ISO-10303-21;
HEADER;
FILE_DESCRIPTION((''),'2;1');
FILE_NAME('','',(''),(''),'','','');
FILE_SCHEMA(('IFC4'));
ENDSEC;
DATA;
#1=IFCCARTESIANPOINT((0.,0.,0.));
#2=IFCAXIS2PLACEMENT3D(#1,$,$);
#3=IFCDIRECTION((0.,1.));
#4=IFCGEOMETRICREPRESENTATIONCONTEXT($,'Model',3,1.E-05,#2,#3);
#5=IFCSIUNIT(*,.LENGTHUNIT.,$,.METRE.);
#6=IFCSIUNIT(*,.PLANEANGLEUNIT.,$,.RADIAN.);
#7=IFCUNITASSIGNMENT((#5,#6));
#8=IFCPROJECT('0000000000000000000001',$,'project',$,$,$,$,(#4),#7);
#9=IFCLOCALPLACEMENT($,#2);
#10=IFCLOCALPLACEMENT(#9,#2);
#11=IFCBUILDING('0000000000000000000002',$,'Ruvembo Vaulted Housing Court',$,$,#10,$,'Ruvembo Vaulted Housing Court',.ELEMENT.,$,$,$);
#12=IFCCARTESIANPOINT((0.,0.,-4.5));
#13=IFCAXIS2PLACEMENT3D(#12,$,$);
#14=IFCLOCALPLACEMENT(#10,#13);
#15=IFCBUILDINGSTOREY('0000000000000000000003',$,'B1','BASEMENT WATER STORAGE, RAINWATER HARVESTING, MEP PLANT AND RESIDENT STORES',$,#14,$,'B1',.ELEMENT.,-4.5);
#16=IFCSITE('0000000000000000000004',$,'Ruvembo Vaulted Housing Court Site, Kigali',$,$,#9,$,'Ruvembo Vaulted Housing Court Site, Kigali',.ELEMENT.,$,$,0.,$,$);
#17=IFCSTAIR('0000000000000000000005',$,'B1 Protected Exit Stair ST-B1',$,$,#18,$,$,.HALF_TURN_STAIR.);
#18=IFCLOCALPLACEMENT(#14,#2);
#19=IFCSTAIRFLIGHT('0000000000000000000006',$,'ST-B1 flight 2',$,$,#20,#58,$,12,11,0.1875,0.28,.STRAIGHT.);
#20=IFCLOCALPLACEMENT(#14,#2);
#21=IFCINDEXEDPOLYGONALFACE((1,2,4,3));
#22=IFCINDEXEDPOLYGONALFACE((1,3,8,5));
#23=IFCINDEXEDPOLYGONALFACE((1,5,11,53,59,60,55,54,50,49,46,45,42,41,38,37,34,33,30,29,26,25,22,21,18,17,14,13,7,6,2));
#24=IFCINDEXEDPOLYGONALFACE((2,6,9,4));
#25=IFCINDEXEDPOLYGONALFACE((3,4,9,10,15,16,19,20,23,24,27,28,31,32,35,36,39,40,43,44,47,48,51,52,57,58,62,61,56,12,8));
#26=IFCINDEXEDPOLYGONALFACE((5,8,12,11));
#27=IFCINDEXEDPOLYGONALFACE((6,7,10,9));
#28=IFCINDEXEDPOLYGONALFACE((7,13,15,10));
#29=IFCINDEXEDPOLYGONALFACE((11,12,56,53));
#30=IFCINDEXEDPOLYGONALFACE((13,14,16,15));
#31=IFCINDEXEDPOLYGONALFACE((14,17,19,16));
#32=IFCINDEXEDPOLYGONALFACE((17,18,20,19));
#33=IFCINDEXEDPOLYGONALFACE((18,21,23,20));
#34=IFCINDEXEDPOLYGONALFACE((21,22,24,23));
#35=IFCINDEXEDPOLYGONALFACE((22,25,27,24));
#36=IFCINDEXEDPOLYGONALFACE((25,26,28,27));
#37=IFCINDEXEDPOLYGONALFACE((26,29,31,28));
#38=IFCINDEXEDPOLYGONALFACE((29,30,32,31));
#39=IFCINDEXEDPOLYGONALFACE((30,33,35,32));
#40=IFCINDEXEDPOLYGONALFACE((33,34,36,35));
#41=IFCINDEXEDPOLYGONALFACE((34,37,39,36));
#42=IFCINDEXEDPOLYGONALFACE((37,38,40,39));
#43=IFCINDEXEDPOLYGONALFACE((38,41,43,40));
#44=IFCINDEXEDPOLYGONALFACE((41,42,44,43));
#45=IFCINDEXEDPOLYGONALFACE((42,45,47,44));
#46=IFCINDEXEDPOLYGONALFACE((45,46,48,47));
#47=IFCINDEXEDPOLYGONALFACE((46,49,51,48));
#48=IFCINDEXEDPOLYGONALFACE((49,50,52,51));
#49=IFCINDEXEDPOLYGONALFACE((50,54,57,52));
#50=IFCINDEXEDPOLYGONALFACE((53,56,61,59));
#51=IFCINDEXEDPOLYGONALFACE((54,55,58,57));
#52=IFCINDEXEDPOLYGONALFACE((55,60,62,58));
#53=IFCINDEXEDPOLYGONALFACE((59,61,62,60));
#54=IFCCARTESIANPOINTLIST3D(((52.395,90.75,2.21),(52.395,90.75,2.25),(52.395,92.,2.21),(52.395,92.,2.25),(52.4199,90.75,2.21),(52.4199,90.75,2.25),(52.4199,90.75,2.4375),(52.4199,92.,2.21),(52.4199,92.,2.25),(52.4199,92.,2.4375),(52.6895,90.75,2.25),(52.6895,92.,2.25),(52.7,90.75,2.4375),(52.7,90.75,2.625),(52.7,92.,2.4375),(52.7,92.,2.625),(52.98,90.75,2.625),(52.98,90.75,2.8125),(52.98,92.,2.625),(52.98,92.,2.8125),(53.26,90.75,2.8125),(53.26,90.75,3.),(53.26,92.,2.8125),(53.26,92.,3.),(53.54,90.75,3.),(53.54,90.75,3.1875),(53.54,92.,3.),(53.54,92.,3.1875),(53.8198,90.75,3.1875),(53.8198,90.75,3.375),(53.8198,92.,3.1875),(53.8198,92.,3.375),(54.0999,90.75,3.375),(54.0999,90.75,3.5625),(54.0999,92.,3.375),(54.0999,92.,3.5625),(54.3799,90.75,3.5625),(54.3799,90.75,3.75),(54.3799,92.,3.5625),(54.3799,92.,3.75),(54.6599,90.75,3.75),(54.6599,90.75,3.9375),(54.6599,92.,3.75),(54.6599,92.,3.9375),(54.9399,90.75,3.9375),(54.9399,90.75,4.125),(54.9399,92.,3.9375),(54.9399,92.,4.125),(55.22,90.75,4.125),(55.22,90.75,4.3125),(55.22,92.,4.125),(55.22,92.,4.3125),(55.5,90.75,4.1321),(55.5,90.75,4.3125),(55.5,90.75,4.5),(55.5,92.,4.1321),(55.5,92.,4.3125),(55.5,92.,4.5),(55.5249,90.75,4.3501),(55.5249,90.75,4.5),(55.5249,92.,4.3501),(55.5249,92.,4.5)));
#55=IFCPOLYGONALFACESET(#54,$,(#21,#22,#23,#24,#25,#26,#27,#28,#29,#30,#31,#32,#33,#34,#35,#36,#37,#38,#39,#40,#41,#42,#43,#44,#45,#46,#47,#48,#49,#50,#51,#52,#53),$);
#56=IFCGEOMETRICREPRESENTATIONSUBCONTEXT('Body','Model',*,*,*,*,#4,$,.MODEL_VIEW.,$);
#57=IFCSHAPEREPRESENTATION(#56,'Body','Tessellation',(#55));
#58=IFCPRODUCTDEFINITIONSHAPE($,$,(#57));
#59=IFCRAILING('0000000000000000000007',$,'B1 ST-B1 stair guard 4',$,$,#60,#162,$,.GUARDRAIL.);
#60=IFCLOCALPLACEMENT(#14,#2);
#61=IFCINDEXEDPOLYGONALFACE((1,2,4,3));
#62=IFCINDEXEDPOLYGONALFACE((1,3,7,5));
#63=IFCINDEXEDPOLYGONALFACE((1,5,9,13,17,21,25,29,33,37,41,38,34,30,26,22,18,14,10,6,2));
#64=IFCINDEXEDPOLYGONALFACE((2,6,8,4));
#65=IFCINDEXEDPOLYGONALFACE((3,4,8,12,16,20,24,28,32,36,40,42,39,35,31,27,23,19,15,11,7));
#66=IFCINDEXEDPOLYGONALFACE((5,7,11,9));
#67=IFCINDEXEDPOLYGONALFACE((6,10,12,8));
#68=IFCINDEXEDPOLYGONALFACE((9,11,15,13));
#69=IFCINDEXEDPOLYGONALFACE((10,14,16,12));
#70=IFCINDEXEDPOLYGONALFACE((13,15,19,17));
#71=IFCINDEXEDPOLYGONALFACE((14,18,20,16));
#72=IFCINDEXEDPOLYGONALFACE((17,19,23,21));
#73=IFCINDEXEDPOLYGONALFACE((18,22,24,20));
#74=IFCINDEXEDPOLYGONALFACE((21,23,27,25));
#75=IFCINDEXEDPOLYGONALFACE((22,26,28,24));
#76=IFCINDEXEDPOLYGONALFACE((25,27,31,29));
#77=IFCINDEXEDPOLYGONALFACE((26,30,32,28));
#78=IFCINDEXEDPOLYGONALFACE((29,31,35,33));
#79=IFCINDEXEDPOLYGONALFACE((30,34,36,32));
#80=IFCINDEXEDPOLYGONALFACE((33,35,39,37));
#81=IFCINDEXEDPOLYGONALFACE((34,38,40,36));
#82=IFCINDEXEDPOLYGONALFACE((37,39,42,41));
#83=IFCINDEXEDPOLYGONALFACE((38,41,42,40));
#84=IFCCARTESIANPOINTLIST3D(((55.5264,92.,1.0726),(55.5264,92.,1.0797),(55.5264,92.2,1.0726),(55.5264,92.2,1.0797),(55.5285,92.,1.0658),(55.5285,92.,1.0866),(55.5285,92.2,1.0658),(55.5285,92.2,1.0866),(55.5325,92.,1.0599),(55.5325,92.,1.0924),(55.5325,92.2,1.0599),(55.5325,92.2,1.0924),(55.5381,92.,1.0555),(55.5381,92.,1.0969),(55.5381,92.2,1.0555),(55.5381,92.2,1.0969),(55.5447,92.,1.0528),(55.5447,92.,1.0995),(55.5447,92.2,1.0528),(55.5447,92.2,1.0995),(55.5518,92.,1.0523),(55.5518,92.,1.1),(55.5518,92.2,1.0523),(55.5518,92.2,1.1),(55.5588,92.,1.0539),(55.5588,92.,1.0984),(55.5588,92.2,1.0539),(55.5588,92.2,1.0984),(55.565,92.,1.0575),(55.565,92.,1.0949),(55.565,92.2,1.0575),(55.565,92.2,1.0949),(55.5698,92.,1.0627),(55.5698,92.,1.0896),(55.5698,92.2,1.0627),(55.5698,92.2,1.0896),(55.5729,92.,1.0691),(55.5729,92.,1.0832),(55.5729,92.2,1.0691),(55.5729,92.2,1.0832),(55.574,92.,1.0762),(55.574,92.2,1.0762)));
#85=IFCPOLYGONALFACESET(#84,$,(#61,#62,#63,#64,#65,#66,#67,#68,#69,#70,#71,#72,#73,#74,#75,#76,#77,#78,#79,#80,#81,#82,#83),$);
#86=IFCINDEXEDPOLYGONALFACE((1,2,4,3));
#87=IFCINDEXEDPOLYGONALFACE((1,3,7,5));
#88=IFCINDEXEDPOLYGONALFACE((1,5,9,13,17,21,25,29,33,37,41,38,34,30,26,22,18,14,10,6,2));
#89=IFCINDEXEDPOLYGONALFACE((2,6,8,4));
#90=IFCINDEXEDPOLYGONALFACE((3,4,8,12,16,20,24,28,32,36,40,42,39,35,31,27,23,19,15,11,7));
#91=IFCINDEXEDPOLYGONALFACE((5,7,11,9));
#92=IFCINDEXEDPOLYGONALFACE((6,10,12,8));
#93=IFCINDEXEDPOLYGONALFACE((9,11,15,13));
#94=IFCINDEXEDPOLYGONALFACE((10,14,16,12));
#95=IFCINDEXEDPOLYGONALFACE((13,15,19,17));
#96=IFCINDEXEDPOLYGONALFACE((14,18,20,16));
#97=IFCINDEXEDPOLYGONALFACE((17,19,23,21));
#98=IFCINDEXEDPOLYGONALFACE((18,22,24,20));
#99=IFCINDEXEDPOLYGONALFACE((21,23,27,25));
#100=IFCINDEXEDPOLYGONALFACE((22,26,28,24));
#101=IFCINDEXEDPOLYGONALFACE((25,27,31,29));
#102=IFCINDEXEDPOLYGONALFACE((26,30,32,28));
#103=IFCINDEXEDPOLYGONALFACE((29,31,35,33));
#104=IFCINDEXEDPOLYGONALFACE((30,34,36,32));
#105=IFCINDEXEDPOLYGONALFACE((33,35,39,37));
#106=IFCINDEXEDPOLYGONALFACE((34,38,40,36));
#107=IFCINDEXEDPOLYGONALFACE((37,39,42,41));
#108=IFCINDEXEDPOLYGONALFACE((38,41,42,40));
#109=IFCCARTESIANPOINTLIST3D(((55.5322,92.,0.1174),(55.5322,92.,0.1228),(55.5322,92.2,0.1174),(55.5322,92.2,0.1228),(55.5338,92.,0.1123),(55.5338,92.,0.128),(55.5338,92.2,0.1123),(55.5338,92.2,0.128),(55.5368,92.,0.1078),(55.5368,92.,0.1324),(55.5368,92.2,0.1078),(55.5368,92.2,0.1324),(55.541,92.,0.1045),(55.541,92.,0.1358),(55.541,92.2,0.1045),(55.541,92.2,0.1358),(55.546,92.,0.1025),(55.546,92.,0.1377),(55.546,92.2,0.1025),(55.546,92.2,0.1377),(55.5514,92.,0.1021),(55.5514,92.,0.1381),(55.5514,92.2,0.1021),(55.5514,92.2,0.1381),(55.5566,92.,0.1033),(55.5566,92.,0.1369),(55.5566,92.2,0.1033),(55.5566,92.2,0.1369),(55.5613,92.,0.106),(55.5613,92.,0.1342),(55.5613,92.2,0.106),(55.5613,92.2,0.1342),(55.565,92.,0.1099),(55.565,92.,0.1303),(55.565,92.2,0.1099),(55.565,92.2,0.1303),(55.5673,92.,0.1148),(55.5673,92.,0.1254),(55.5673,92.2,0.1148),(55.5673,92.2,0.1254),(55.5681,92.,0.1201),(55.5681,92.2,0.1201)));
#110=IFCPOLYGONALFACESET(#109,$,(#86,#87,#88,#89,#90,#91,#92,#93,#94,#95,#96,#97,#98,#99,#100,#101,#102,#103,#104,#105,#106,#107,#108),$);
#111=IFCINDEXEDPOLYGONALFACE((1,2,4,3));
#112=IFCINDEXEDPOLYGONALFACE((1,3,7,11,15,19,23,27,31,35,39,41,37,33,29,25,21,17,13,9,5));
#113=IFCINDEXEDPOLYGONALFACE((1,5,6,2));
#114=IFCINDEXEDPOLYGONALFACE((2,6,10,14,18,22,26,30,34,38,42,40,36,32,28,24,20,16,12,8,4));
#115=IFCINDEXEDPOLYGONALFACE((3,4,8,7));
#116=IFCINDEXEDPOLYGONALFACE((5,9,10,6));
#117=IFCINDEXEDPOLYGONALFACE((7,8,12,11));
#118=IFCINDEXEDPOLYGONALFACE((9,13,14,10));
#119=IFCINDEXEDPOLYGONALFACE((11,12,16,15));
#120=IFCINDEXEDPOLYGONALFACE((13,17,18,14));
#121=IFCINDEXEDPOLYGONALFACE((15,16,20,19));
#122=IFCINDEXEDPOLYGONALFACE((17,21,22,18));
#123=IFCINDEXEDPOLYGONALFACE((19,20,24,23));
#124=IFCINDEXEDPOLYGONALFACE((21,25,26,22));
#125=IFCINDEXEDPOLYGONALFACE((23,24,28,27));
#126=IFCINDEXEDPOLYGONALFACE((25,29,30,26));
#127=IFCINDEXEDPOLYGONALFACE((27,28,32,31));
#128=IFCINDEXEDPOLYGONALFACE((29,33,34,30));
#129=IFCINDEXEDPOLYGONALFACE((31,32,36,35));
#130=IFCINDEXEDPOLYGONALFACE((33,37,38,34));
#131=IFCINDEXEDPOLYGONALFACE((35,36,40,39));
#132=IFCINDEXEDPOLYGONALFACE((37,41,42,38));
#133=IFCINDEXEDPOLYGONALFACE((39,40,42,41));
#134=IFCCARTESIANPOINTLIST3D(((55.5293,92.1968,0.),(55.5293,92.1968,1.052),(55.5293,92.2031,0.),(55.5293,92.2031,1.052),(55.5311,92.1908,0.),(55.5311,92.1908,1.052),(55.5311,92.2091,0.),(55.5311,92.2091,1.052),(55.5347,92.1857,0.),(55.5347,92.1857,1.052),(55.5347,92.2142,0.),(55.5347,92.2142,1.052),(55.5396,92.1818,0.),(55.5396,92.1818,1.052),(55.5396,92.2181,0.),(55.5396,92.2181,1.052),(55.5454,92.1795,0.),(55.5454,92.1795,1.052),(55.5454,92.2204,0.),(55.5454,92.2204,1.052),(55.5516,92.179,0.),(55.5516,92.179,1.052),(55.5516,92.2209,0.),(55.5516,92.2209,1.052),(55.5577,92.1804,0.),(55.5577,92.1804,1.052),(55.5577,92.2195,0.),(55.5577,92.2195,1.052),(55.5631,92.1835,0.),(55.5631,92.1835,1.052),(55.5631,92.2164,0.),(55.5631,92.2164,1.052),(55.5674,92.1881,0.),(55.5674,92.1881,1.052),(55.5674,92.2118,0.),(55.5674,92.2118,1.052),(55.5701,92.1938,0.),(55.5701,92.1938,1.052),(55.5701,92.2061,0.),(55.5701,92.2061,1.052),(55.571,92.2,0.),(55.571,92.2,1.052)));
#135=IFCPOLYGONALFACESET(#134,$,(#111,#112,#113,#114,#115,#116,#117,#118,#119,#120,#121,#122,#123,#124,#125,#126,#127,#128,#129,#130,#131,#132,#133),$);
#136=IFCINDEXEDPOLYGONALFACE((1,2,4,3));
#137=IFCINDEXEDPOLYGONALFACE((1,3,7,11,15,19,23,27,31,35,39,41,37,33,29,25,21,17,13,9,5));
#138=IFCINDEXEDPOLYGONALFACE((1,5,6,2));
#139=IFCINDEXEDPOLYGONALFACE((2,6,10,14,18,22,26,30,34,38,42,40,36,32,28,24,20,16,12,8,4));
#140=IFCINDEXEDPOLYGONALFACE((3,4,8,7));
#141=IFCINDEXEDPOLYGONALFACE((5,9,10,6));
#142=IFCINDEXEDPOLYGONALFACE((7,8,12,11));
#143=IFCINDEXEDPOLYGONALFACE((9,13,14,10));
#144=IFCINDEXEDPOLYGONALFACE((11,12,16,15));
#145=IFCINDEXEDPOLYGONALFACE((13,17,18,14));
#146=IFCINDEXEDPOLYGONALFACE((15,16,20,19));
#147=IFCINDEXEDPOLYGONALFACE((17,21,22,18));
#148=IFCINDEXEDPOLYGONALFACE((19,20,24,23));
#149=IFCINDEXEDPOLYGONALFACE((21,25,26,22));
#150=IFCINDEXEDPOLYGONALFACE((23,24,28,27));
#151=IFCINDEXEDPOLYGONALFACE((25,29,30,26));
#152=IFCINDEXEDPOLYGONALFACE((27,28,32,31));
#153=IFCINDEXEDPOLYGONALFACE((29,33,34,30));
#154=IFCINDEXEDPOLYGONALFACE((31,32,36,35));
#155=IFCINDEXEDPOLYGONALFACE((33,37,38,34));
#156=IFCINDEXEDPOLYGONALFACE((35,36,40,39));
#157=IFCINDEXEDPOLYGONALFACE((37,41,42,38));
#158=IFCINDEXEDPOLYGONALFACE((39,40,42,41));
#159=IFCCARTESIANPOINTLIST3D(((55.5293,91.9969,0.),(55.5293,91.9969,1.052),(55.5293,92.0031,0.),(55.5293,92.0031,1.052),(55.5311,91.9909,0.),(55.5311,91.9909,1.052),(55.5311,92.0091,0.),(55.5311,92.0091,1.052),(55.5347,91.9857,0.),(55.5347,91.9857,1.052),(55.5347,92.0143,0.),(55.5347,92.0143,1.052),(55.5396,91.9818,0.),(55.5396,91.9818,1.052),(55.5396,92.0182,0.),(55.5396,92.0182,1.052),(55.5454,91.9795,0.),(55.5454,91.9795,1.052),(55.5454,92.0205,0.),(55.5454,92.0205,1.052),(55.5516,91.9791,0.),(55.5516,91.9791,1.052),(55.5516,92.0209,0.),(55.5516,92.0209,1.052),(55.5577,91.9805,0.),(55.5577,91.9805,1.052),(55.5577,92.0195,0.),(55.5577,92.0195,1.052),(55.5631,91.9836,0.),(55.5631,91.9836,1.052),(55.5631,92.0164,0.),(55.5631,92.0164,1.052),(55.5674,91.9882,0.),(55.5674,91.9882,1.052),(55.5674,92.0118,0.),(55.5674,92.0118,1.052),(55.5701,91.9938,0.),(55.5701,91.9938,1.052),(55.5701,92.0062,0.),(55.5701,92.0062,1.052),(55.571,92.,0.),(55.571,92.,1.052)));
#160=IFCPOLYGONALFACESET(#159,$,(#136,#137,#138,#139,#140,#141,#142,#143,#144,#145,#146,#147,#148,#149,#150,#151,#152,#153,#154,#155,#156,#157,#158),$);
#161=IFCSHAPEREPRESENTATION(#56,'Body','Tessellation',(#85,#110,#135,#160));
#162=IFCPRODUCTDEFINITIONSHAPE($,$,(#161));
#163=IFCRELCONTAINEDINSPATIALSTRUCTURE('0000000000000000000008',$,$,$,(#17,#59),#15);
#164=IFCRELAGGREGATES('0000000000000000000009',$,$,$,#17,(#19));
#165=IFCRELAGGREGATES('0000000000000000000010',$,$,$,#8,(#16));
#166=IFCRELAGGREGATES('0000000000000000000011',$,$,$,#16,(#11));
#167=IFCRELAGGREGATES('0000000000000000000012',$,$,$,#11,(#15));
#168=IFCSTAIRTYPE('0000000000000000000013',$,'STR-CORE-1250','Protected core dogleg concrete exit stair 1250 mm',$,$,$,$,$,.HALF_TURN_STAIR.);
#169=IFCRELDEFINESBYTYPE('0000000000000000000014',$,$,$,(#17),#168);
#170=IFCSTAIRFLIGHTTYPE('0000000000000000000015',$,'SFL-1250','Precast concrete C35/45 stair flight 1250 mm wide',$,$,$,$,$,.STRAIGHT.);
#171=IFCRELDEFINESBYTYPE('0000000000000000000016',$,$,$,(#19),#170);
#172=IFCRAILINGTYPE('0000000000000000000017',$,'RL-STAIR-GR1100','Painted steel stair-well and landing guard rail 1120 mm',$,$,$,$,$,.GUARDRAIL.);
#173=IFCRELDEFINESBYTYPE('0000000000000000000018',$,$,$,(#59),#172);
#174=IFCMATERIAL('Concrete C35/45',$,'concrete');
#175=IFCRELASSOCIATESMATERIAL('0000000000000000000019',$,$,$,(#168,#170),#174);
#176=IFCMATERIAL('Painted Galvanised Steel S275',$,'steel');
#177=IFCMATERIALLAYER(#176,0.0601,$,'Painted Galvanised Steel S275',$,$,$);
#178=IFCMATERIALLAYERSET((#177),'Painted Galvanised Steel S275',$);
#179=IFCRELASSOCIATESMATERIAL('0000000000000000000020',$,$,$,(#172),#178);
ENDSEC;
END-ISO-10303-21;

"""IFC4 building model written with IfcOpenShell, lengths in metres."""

from ifc_helpers import new_model, si_unit, direction, frame, origin, origin_2d, place, context, subcontext, project, spatial, polyline, circle, outline, extrude, material, layer, layer_set, type_object, element, aggregate, save


model = new_model("IFC4")

# Units and contexts
model_context = context("Model", 3, precision=1e-05, world=origin(), true_north=direction((0.0, 1.0)))
body_context = subcontext(model_context, "Body", "Model", "MODEL_VIEW")
ifc_project = project(units=[si_unit("LENGTHUNIT", "METRE"), si_unit("PLANEANGLEUNIT", "RADIAN")], contexts=[model_context])

# Site, building, storey
site_placement = place(None, origin())
site = spatial("IfcSite", under=ifc_project, at=site_placement, Name="Ruvembo Vaulted Housing Court Site, Kigali", LongName="Ruvembo Vaulted Housing Court Site, Kigali", CompositionType="ELEMENT", RefElevation=0.0)
building_placement = place(site_placement, origin())
building = spatial("IfcBuilding", under=site, at=building_placement, Name="Ruvembo Vaulted Housing Court", LongName="Ruvembo Vaulted Housing Court", CompositionType="ELEMENT")
storey_placement = place(building_placement, frame((0.0, 0.0, -4.5)))
storey = spatial("IfcBuildingStorey", under=building, at=storey_placement, Name="B1", Description="BASEMENT WATER STORAGE, RAINWATER HARVESTING, MEP PLANT AND RESIDENT STORES", LongName="B1", CompositionType="ELEMENT", Elevation=-4.5)

# Shared definitions
ifc_material_1 = material(Name="Concrete C35/45", Category="concrete")

# Stair, stair flight
stair_type = type_object("IfcStairType", Name="STR-CORE-1250", Description="Protected core dogleg concrete exit stair 1250 mm", PredefinedType="HALF_TURN_STAIR", material=ifc_material_1)
stair_placement = place(storey_placement, origin())
stair = element("IfcStair", 1, at=stair_placement, inside=storey, type_object=stair_type, Name="B1 Protected Exit Stair ST-B1", PredefinedType="HALF_TURN_STAIR")
stair_flight_type = type_object("IfcStairFlightType", Name="SFL-1250", Description="Precast concrete C35/45 stair flight 1250 mm wide", PredefinedType="STRAIGHT", material=ifc_material_1)
stair_flight_1_placement = place(storey_placement, frame((52.4199, 91.375, 2.25), z_axis=(0.0, 0.0, 1.0), x_axis=(1.0, 0.0, 0.0)))
stair_flight_1 = element("IfcStairFlight", 2, at=stair_flight_1_placement, type_object=stair_flight_type, Name="ST-B1 flight 2", NumberOfRisers=12, NumberOfTreads=11, PredefinedType="STRAIGHT", RiserHeight=0.1875, TreadLength=0.28, context=body_context, shape_type="SweptSolid", body=[
    extrude(outline(polyline([(-0.0249, -0.04), (-0.0249, 0.0), (0.0, 0.0), (0.0, 0.1875), (0.28, 0.1875), (0.28, 0.375), (0.5601, 0.375), (0.5601, 0.5625), (0.8401, 0.5625), (0.8401, 0.75), (1.1201, 0.75), (1.1201, 0.9375), (1.3999, 0.9375), (1.3999, 1.125), (1.6799, 1.125), (1.6799, 1.3125), (1.96, 1.3125), (1.96, 1.5), (2.24, 1.5), (2.24, 1.6875), (2.52, 1.6875), (2.52, 1.875), (2.8, 1.875), (2.8, 2.0625), (3.0801, 2.0625), (3.0801, 2.25), (3.105, 2.25), (3.105, 2.1001), (3.0801, 1.8821), (0.2695, 0.0), (0.0, -0.04), (-0.0249, -0.04)])), frame((0.0, 0.625, 0.0), z_axis=(0.0, -1.0, 0.0), x_axis=(1.0, 0.0, 0.0)), (0.0, 0.0, 1.0), 1.25),
])
aggregate(stair, [stair_flight_1])

# Railing
ifc_material_2 = material(Name="Painted Galvanised Steel S275", Category="steel")
ifc_layer_1 = layer(ifc_material_2, 0.0601, Name="Painted Galvanised Steel S275")
ifc_layer_set_1 = layer_set([ifc_layer_1], Name="Painted Galvanised Steel S275")
railing_type_1 = type_object("IfcRailingType", Name="RL-STAIR-GR1100", Description="Painted steel stair-well and landing guard rail 1120 mm", PredefinedType="GUARDRAIL", material=ifc_layer_set_1)
railing_1_placement = place(storey_placement, frame((55.55, 92.2, 0.0)))
element("IfcRailing", 3, at=railing_1_placement, inside=storey, type_object=railing_type_1, Name="B1 ST-B1 stair guard 4", PredefinedType="GUARDRAIL", context=body_context, shape_type="SweptSolid", body=[
    extrude(circle(Radius=0.0239, at=origin_2d()), frame((0.0, 0.0, 1.0762), z_axis=(0.0, -1.0, 0.0), x_axis=(1.0, 0.0, 0.0)), (0.0, 0.0, 1.0), 0.2),
    extrude(circle(Radius=0.0181, at=origin_2d()), frame((0.0, 0.0, 0.1201), z_axis=(0.0, -1.0, 0.0), x_axis=(1.0, 0.0, 0.0)), (0.0, 0.0, 1.0), 0.2),
    extrude(circle(Radius=0.021, at=origin_2d()), origin(), (0.0, 0.0, 1.0), 1.052),
    extrude(circle(Radius=0.021, at=origin_2d()), frame((0.0, -0.2, 0.0)), (0.0, 0.0, 1.0), 1.052),
])

save(model, "model.ifc")
